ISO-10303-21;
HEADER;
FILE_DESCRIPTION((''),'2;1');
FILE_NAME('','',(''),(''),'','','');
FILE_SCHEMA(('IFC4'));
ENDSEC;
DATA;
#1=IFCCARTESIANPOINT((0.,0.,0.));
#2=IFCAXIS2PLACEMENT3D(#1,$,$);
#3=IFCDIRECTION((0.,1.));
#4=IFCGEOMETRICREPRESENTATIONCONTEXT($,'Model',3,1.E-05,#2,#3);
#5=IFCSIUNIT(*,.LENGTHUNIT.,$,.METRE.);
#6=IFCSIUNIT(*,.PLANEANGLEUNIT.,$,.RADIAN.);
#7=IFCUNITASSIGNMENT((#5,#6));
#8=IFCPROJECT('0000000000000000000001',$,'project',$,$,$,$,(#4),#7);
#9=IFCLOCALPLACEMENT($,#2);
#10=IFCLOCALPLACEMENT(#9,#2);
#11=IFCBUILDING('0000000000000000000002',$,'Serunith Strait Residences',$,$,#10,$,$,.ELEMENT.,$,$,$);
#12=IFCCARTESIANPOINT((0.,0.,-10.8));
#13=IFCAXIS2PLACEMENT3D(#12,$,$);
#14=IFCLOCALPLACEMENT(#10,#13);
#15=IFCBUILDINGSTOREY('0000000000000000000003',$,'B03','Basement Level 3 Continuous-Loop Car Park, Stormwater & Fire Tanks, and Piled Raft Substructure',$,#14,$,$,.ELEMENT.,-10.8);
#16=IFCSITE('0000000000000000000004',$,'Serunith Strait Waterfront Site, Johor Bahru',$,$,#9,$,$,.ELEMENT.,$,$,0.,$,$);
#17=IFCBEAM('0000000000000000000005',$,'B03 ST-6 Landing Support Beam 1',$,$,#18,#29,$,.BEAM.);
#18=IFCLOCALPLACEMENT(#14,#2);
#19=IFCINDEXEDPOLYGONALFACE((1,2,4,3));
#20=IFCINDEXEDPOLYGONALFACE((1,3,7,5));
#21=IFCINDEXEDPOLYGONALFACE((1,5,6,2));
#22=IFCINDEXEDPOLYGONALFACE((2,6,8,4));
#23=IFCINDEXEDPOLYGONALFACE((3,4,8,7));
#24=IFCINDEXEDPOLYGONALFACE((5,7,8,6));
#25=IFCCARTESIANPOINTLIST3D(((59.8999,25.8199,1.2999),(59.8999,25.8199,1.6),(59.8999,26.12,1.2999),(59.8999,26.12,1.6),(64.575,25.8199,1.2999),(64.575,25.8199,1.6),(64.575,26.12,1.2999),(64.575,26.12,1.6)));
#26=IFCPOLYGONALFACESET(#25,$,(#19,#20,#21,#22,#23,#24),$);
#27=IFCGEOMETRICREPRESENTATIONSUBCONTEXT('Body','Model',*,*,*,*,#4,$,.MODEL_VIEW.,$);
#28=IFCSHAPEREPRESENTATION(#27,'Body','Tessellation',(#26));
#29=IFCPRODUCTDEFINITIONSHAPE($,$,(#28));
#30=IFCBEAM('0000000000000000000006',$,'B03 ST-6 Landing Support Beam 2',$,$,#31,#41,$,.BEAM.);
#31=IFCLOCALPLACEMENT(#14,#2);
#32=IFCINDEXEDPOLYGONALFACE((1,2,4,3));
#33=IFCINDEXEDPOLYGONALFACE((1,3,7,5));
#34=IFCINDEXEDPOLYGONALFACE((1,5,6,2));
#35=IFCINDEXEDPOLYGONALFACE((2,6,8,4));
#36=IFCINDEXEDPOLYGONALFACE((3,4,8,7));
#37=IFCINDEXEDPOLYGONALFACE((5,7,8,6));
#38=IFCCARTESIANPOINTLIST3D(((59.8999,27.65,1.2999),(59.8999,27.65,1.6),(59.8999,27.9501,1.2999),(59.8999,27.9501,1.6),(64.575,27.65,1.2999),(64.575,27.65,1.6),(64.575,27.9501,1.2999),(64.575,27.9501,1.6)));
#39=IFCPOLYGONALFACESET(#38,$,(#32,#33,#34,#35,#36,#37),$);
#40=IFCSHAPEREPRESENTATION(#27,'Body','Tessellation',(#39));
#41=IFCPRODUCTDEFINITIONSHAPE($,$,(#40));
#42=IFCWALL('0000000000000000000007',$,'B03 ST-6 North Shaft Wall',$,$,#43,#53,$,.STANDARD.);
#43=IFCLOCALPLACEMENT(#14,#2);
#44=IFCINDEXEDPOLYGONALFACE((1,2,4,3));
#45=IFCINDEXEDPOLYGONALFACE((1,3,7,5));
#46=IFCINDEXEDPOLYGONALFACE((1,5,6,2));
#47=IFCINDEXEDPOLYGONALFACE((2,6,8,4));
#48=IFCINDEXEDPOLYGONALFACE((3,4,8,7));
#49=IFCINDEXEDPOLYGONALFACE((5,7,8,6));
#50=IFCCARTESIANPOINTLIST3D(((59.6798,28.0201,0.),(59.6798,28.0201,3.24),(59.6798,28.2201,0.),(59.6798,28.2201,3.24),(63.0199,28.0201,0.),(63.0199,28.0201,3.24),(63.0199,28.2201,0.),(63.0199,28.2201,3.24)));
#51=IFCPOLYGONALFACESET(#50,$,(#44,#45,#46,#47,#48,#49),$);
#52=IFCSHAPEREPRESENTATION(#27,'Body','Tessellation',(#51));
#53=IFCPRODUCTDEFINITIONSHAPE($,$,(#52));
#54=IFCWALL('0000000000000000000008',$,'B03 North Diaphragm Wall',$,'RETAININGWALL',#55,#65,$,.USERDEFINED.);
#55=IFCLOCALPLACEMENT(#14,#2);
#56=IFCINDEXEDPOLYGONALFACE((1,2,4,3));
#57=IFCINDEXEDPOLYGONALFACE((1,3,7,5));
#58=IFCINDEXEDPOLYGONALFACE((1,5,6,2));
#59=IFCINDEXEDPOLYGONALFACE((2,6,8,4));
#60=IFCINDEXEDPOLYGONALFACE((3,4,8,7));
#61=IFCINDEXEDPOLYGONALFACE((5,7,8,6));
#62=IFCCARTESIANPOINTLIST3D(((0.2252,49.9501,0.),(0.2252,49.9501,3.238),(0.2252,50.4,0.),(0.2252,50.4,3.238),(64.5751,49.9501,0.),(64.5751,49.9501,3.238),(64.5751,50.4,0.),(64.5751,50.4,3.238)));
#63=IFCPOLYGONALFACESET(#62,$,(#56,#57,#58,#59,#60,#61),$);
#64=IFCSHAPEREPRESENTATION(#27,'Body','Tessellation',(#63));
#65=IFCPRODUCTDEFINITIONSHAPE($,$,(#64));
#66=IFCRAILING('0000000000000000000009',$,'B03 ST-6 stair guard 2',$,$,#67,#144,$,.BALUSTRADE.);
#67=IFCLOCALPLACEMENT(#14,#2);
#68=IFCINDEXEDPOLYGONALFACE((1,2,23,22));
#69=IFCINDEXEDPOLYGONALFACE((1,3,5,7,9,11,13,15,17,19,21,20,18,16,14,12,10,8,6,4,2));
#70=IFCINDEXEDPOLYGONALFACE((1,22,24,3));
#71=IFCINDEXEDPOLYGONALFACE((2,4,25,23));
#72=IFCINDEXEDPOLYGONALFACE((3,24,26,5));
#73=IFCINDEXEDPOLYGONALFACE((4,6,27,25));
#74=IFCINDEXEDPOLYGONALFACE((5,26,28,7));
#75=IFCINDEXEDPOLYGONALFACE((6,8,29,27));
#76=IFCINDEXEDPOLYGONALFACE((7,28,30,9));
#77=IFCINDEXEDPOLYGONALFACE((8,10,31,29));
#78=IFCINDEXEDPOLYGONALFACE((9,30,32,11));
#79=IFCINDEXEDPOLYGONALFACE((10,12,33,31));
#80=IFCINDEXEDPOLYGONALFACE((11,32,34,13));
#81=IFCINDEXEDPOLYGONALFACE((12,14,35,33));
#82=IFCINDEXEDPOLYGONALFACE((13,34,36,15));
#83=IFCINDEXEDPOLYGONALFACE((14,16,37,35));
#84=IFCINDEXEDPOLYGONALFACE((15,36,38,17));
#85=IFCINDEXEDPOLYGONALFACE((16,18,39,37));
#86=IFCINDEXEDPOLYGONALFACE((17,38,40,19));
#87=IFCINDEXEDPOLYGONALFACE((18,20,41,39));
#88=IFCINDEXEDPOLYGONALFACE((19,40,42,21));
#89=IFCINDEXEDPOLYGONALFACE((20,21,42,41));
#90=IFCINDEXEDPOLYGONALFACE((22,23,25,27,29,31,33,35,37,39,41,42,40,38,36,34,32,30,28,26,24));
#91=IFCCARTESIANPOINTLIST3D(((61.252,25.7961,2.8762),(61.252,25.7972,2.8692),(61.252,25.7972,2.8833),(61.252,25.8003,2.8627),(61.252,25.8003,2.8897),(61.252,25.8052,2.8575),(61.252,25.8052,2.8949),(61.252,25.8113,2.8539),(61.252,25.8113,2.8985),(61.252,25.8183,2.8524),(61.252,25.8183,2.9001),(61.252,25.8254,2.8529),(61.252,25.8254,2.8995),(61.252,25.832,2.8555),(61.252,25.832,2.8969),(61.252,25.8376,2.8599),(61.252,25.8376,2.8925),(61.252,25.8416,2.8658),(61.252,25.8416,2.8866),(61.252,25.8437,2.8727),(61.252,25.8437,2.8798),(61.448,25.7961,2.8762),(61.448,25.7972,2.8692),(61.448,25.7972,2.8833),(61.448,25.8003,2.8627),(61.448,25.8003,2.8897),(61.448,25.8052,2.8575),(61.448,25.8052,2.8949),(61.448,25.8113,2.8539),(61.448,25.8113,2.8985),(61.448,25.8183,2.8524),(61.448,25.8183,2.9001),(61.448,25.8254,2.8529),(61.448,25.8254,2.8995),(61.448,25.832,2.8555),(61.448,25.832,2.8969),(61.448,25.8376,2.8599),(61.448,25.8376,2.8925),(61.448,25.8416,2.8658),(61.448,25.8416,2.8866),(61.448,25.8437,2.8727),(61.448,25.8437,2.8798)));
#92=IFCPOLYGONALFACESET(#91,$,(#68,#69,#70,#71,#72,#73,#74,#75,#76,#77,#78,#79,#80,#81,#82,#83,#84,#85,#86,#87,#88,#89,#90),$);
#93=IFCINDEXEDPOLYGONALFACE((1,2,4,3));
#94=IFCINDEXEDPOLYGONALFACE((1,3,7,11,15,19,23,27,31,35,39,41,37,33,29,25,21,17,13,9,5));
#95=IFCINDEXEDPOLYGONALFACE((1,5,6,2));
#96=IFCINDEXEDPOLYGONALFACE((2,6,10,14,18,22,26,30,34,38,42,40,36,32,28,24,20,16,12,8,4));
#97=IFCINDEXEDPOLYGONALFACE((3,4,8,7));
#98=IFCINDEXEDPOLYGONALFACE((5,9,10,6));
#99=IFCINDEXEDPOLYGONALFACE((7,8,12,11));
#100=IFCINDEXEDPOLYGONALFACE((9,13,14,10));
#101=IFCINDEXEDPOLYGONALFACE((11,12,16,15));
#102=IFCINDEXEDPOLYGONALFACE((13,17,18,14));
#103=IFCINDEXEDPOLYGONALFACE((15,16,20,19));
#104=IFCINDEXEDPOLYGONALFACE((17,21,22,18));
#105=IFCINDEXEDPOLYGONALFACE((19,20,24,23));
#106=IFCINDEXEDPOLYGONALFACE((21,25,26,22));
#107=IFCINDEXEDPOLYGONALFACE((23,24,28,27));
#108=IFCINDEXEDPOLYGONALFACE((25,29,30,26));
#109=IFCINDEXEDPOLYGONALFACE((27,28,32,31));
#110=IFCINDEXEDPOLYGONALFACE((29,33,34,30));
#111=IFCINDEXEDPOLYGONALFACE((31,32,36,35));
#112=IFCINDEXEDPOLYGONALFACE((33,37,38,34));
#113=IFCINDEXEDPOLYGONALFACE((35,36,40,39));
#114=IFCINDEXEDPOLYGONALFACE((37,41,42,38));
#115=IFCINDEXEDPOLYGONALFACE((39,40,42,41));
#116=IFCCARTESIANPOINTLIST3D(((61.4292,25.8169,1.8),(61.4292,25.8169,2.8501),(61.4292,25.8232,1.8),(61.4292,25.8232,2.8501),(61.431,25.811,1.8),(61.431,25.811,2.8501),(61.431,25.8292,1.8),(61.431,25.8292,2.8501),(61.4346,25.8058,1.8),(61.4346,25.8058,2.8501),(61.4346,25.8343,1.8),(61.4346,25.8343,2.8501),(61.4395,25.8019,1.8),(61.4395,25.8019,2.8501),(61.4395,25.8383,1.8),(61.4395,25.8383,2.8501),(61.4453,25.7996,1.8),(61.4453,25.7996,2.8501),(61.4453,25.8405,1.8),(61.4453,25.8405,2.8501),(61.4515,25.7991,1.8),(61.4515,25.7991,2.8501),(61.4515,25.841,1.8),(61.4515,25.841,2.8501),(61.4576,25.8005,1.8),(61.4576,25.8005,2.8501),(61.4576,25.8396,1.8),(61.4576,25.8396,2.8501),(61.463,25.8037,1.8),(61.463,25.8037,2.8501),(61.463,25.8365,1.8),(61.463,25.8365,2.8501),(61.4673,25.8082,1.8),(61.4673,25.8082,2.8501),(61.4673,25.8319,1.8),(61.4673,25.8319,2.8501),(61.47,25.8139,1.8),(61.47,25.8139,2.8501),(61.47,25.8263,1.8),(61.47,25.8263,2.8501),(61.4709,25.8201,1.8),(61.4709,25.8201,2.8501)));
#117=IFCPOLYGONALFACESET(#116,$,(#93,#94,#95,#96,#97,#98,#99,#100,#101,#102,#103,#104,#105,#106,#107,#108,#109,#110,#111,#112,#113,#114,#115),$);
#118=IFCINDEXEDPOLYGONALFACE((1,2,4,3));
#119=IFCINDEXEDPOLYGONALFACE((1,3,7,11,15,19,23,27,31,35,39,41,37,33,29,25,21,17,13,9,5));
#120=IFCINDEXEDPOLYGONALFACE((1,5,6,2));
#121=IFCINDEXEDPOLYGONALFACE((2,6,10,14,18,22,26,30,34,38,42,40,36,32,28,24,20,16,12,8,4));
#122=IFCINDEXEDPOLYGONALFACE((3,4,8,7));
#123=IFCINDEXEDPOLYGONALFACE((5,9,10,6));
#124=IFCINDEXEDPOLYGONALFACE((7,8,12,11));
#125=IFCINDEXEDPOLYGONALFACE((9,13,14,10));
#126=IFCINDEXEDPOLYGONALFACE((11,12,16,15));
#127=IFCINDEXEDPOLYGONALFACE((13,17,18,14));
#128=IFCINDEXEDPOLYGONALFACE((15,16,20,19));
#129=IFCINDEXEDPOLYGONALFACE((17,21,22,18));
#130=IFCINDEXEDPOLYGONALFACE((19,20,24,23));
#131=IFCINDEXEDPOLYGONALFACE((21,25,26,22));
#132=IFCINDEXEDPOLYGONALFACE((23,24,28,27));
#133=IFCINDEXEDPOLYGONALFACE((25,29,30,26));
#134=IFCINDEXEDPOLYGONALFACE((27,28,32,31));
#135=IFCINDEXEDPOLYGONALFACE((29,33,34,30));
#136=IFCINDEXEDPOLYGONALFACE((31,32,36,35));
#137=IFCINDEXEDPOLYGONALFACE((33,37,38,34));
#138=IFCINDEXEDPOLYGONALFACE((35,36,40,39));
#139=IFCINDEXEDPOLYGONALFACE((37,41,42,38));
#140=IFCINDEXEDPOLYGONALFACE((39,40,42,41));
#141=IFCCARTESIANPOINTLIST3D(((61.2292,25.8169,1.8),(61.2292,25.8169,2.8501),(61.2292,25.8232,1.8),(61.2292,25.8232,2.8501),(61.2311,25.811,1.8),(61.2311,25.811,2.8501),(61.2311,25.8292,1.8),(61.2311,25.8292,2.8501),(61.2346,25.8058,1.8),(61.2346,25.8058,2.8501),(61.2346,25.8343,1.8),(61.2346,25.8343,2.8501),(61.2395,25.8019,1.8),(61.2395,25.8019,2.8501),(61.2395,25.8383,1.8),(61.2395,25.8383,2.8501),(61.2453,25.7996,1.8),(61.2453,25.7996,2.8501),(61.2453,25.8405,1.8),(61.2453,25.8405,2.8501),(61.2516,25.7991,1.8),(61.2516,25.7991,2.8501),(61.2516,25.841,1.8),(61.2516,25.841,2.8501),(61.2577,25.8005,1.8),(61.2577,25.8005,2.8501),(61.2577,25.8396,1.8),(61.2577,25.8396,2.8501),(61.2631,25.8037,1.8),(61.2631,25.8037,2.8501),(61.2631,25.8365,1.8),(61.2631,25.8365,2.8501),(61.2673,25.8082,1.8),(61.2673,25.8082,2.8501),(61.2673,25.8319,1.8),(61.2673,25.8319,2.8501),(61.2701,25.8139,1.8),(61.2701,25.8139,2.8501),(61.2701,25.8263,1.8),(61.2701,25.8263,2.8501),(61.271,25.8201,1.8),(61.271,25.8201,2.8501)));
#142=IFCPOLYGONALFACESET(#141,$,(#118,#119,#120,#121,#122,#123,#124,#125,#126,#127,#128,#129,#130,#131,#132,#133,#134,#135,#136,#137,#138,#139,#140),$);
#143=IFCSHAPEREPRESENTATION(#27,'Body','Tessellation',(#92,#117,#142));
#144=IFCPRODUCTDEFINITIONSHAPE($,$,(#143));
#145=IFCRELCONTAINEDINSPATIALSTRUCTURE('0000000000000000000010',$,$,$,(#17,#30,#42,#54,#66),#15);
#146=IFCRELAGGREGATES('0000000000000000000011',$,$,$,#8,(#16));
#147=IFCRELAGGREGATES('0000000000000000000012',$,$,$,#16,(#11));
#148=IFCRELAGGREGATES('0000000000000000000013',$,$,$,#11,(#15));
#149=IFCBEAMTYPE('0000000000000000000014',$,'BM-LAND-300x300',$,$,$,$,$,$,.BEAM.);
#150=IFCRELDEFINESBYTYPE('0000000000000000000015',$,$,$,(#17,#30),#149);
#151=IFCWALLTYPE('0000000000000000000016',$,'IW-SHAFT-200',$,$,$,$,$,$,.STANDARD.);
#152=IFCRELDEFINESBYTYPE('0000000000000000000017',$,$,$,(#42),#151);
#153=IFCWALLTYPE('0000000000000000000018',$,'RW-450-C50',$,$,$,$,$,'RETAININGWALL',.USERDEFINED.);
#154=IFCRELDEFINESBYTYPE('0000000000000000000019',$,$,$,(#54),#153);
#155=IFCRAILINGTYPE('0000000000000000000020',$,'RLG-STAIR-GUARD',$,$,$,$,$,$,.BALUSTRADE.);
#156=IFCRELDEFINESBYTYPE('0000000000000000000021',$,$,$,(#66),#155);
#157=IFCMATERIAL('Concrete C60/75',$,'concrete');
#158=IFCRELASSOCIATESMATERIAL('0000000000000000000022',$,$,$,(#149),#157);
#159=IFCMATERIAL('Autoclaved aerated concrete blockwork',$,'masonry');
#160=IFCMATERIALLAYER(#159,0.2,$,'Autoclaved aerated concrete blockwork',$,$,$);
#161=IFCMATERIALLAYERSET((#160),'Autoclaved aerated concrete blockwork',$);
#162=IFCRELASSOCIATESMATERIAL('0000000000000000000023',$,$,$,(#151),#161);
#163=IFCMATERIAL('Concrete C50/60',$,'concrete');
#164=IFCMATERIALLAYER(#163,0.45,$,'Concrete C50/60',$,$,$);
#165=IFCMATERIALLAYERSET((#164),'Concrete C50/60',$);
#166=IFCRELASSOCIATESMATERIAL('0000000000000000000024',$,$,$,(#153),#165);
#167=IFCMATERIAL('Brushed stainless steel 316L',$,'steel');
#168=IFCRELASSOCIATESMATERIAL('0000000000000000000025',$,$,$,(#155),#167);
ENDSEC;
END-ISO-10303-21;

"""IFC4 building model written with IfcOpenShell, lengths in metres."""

from ifc_helpers import new_model, si_unit, direction, frame, frame_2d, origin, origin_2d, place, context, subcontext, project, spatial, rectangle, circle, extrude, source, transform, mapped, material, layer, layer_set, material_profile, profile_set, type_object, element, save


model = new_model("IFC4")

# Units and contexts
model_context = context("Model", 3, precision=1e-05, world=origin(), true_north=direction((0.0, 1.0)))
body_context = subcontext(model_context, "Body", "Model", "MODEL_VIEW")
ifc_project = project(units=[si_unit("LENGTHUNIT", "METRE"), si_unit("PLANEANGLEUNIT", "RADIAN")], contexts=[model_context])

# Site, building, storey
site_placement = place(None, origin())
site = spatial("IfcSite", under=ifc_project, at=site_placement, Name="Serunith Strait Waterfront Site, Johor Bahru", CompositionType="ELEMENT", RefElevation=0.0)
building_placement = place(site_placement, origin())
building = spatial("IfcBuilding", under=site, at=building_placement, Name="Serunith Strait Residences", CompositionType="ELEMENT")
storey_placement = place(building_placement, frame((0.0, 0.0, -10.8)))
storey = spatial("IfcBuildingStorey", under=building, at=storey_placement, Name="B03", Description="Basement Level 3 Continuous-Loop Car Park, Stormwater & Fire Tanks, and Piled Raft Substructure", CompositionType="ELEMENT", Elevation=-10.8)

# Shared definitions
ifc_material_1 = material(Name="Concrete C50/60", Category="concrete")

# Beams
ifc_material_2 = material(Name="Concrete C60/75", Category="concrete")
ifc_material_profile_1 = material_profile(ifc_material_2, rectangle(XDim=0.3, YDim=0.3, at=origin_2d()), Name="RC 300x300")
ifc_profile_set_1 = profile_set([ifc_material_profile_1], Name="Concrete C60/75")
beam_type_1 = type_object("IfcBeamType", Name="BM-LAND-300x300", PredefinedType="BEAM", material=ifc_profile_set_1)
shared_shape_1 = source(origin(), body_context, "Body", "SweptSolid", [
    extrude(rectangle(XDim=0.3, YDim=0.3, at=origin_2d()), origin(), (0.0, 0.0, 1.0), 4.675),
])
for number, where, z_axis, x_axis, name in (
    (1, (59.8999, 25.97, 1.45), (1.0, 0.0, 0.0), (0.0, 1.0, 0.0), "B03 ST-6 Landing Support Beam 1"),
    (2, (59.8999, 27.8, 1.45), (1.0, 0.0, 0.0), (0.0, 1.0, 0.0), "B03 ST-6 Landing Support Beam 2"),
):
    element("IfcBeam", number, at=place(storey_placement, frame(where, z_axis=z_axis, x_axis=x_axis)), inside=storey, type_object=beam_type_1, Name=name, PredefinedType="BEAM", context=body_context, shape_type="MappedRepresentation", body=[
        mapped(shared_shape_1, transform((0.0, 0.0, 0.0), scale=1.0)),
    ])

# Walls
ifc_material_3 = material(Name="Autoclaved aerated concrete blockwork", Category="masonry")
ifc_layer_1 = layer(ifc_material_3, 0.2, Name="Autoclaved aerated concrete blockwork")
ifc_layer_set_1 = layer_set([ifc_layer_1], Name="Autoclaved aerated concrete blockwork")
wall_type_1 = type_object("IfcWallType", Name="IW-SHAFT-200", PredefinedType="STANDARD", material=ifc_layer_set_1)
wall_1_placement = place(storey_placement, frame((59.6799, 28.1201, 0.0), z_axis=(0.0, 0.0, 1.0), x_axis=(1.0, 0.0, 0.0)))
element("IfcWall", 3, at=wall_1_placement, inside=storey, type_object=wall_type_1, Name="B03 ST-6 North Shaft Wall", PredefinedType="STANDARD", context=body_context, shape_type="SweptSolid", body=[
    extrude(rectangle(XDim=3.3401, YDim=0.2, at=frame_2d((1.6699, 0.0))), origin(), (0.0, 0.0, 1.0), 3.24),
])
ifc_layer_2 = layer(ifc_material_1, 0.45, Name="Concrete C50/60")
ifc_layer_set_2 = layer_set([ifc_layer_2], Name="Concrete C50/60")
wall_type_2 = type_object("IfcWallType", Name="RW-450-C50", ElementType="RETAININGWALL", PredefinedType="USERDEFINED", material=ifc_layer_set_2)
wall_2_placement = place(storey_placement, frame((64.575, 50.175, 0.0), z_axis=(0.0, 0.0, 1.0), x_axis=(-1.0, 0.0, 0.0)))
element("IfcWall", 4, at=wall_2_placement, inside=storey, type_object=wall_type_2, Name="B03 North Diaphragm Wall", ObjectType="RETAININGWALL", PredefinedType="USERDEFINED", context=body_context, shape_type="SweptSolid", body=[
    extrude(rectangle(XDim=64.3499, YDim=0.45, at=frame_2d((32.1748, 0.0))), origin(), (0.0, 0.0, 1.0), 3.238),
])

# Railing
ifc_material_4 = material(Name="Brushed stainless steel 316L", Category="steel")
railing_type_1 = type_object("IfcRailingType", Name="RLG-STAIR-GUARD", PredefinedType="BALUSTRADE", material=ifc_material_4)
railing_1_placement = place(storey_placement, frame((61.45, 25.8201, 1.8)))
element("IfcRailing", 5, at=railing_1_placement, inside=storey, type_object=railing_type_1, Name="B03 ST-6 stair guard 2", PredefinedType="BALUSTRADE", context=body_context, shape_type="SweptSolid", body=[
    extrude(circle(Radius=0.0239, at=origin_2d()), frame((-0.002, 0.0, 1.0762), z_axis=(-1.0, 0.0, 0.0), x_axis=(0.0, -1.0, 0.0)), (0.0, 0.0, 1.0), 0.196),
    extrude(circle(Radius=0.021, at=origin_2d()), origin(), (0.0, 0.0, 1.0), 1.05),
    extrude(circle(Radius=0.021, at=origin_2d()), frame((-0.2, 0.0, 0.0)), (0.0, 0.0, 1.0), 1.05),
])

save(model, "model.ifc")
